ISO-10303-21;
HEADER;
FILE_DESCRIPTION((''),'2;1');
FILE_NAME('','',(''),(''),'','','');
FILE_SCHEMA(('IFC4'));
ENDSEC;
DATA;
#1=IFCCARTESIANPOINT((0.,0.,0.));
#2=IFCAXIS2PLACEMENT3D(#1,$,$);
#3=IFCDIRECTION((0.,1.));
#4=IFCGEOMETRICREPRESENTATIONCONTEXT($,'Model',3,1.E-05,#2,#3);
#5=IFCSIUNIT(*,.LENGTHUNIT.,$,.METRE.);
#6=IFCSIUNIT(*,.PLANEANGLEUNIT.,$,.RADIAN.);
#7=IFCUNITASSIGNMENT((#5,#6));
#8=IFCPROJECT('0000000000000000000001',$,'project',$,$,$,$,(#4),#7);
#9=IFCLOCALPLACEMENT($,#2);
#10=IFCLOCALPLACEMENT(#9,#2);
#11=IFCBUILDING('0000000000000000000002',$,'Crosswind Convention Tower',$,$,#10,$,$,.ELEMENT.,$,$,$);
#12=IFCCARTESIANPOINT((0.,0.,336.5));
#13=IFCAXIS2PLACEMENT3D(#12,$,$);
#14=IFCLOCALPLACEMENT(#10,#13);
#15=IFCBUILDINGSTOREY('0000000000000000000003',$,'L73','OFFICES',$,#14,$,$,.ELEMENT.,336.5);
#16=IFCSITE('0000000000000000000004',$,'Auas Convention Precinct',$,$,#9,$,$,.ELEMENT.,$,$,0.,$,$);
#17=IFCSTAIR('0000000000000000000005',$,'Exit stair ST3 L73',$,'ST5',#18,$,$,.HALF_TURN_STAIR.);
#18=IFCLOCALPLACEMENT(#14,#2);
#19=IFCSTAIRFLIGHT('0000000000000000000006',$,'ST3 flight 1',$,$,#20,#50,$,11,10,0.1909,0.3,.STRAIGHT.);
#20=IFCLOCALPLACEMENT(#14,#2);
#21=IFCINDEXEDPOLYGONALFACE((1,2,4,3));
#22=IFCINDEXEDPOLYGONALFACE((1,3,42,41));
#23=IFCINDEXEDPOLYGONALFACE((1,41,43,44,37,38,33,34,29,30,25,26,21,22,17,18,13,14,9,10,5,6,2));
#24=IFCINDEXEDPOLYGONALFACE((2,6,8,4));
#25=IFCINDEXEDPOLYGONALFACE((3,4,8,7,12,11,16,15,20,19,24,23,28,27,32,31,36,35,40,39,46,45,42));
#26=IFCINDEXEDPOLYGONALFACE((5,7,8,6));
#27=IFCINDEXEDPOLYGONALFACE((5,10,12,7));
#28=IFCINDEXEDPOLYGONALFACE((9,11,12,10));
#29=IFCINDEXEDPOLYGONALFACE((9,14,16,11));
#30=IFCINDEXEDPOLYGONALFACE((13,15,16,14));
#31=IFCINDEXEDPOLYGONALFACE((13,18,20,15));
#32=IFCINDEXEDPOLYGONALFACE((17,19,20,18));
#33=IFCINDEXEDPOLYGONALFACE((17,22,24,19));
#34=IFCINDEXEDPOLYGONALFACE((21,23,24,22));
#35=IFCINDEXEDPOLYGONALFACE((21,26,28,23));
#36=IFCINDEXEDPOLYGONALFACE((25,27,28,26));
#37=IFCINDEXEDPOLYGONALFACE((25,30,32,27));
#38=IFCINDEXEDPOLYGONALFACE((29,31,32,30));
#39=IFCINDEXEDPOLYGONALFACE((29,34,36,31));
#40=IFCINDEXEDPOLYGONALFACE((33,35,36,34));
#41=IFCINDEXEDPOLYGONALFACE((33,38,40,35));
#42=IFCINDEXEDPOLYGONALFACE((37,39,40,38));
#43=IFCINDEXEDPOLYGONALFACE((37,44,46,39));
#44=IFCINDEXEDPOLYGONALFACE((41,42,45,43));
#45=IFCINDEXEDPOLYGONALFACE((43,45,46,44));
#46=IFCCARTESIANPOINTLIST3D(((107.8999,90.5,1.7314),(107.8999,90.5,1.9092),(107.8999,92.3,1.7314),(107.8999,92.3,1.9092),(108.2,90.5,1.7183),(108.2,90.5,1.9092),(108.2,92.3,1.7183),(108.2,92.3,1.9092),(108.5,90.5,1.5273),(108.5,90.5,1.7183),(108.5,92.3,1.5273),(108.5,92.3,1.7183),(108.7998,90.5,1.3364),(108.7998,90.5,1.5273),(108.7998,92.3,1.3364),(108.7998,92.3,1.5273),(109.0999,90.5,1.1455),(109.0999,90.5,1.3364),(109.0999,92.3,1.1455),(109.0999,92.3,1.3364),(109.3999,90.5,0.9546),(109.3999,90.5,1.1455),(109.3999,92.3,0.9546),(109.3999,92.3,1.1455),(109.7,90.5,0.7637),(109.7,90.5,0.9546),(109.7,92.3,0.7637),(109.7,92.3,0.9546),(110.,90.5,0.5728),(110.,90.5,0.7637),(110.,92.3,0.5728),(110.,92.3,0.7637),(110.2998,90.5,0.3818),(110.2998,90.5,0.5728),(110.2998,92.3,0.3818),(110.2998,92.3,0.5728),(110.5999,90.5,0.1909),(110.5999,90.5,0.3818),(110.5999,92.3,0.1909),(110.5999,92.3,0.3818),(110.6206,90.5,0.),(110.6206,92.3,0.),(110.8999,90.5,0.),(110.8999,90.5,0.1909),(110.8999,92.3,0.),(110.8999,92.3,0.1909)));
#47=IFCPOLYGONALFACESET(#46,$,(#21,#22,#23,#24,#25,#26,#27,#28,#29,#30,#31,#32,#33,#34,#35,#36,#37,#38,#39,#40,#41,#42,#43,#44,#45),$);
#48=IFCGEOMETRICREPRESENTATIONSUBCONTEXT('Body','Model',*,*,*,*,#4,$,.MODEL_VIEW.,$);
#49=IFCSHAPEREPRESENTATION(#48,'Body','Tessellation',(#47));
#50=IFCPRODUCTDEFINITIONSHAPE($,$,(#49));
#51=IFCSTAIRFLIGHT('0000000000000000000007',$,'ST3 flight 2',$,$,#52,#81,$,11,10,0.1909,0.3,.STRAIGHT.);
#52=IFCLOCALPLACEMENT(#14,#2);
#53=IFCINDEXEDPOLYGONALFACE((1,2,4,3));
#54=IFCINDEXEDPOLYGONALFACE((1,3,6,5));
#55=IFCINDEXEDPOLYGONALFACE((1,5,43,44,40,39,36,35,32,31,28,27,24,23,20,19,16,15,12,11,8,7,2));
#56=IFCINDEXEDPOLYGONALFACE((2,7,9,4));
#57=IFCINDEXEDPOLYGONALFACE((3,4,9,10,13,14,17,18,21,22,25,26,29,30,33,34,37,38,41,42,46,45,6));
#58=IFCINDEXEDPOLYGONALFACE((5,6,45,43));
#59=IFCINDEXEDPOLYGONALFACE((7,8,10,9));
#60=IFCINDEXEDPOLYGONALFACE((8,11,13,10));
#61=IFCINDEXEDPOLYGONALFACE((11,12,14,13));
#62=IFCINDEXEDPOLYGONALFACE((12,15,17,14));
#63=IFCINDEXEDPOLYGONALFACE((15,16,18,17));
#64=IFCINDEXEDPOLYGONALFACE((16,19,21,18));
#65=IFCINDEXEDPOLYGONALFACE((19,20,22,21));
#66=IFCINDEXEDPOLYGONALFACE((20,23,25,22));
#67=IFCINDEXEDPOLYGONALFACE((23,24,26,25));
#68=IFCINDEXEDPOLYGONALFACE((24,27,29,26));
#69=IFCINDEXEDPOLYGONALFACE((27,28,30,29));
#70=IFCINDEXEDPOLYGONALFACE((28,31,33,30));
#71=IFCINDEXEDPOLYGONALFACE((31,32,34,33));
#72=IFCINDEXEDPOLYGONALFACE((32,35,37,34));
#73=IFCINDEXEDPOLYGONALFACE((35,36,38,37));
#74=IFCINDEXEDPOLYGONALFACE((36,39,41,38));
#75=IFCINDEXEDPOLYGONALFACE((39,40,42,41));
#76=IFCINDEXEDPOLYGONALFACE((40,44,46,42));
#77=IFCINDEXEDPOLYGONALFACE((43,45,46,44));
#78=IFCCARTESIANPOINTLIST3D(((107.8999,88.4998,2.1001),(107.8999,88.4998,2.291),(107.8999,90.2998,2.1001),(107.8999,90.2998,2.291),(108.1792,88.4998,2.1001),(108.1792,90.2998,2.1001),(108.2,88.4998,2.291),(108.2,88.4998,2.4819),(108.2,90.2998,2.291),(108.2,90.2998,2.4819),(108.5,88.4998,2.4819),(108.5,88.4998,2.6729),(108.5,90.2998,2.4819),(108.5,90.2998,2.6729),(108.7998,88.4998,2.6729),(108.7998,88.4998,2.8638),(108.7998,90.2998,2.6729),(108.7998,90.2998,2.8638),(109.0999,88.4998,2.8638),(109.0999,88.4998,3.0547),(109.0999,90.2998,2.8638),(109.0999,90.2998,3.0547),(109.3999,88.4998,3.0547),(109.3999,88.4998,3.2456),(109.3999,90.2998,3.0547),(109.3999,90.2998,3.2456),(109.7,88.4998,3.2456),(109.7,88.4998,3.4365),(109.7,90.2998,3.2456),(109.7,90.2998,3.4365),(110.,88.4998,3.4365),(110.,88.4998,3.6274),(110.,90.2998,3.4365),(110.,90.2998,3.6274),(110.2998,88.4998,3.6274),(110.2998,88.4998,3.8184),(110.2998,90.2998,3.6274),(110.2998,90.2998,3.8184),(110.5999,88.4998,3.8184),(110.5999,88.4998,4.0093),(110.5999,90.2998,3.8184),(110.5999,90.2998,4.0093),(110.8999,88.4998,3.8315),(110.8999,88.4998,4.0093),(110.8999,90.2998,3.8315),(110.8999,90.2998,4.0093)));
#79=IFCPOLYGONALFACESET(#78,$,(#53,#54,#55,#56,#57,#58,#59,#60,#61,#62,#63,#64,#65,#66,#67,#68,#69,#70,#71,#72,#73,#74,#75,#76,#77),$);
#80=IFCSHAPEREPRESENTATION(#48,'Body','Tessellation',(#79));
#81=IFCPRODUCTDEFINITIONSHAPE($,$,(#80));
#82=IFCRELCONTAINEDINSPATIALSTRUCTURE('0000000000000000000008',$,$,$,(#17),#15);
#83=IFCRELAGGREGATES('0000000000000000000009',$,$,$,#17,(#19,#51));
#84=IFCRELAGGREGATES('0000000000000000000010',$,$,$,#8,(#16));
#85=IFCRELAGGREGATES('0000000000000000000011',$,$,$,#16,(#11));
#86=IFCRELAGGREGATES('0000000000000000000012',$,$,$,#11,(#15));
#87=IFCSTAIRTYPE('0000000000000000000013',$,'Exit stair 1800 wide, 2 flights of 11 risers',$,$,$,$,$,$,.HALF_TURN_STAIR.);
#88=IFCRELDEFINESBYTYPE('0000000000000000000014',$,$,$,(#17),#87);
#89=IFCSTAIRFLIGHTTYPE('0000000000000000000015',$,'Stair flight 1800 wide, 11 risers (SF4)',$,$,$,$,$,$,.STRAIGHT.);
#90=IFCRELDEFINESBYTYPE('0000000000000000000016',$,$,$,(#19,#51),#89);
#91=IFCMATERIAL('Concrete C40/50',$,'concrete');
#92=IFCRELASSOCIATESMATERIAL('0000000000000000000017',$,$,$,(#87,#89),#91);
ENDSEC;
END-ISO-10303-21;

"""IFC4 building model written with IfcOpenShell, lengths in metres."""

from ifc_helpers import new_model, si_unit, direction, frame, origin, place, context, subcontext, project, spatial, polyline, outline, extrude, material, type_object, element, aggregate, save


model = new_model("IFC4")

# Units and contexts
model_context = context("Model", 3, precision=1e-05, world=origin(), true_north=direction((0.0, 1.0)))
body_context = subcontext(model_context, "Body", "Model", "MODEL_VIEW")
ifc_project = project(units=[si_unit("LENGTHUNIT", "METRE"), si_unit("PLANEANGLEUNIT", "RADIAN")], contexts=[model_context])

# Site, building, storey
site_placement = place(None, origin())
site = spatial("IfcSite", under=ifc_project, at=site_placement, Name="Auas Convention Precinct", CompositionType="ELEMENT", RefElevation=0.0)
building_placement = place(site_placement, origin())
building = spatial("IfcBuilding", under=site, at=building_placement, Name="Crosswind Convention Tower", CompositionType="ELEMENT")
storey_placement = place(building_placement, frame((0.0, 0.0, 336.5)))
storey = spatial("IfcBuildingStorey", under=building, at=storey_placement, Name="L73", Description="OFFICES", CompositionType="ELEMENT", Elevation=336.5)

# Shared definitions
ifc_material_1 = material(Name="Concrete C40/50", Category="concrete")

# Stair
stair_type = type_object("IfcStairType", Name="Exit stair 1800 wide, 2 flights of 11 risers", PredefinedType="HALF_TURN_STAIR", material=ifc_material_1)
stair_1_placement = place(storey_placement, origin())
stair_1 = element("IfcStair", 1, at=stair_1_placement, inside=storey, type_object=stair_type, Name="Exit stair ST3 L73", ObjectType="ST5", PredefinedType="HALF_TURN_STAIR")

# Stair flights
stair_flight_type = type_object("IfcStairFlightType", Name="Stair flight 1800 wide, 11 risers (SF4)", PredefinedType="STRAIGHT", material=ifc_material_1)
stair_flight_1_placement = place(storey_placement, frame((110.8999, 91.3999, 0.0), z_axis=(0.0, 0.0, 1.0), x_axis=(-1.0, 0.0, 0.0)))
stair_flight_1 = element("IfcStairFlight", 2, at=stair_flight_1_placement, type_object=stair_flight_type, Name="ST3 flight 1", NumberOfRisers=11, NumberOfTreads=10, PredefinedType="STRAIGHT", RiserHeight=0.1909, TreadLength=0.3, context=body_context, shape_type="SweptSolid", body=[
    extrude(outline(polyline([(0.0, 0.0), (0.0, 0.1909), (0.3, 0.1909), (0.3, 0.3818), (0.6001, 0.3818), (0.6001, 0.5728), (0.8999, 0.5728), (0.8999, 0.7637), (1.2, 0.7637), (1.2, 0.9546), (1.5, 0.9546), (1.5, 1.1455), (1.8, 1.1455), (1.8, 1.3364), (2.1001, 1.3364), (2.1001, 1.5273), (2.3999, 1.5273), (2.3999, 1.7183), (2.7, 1.7183), (2.7, 1.9092), (3.0, 1.9092), (3.0, 2.1001), (3.0, 1.7314), (0.2793, 0.0), (0.0, 0.0)])), frame((0.0, 0.8999, 0.0), z_axis=(0.0, -1.0, 0.0), x_axis=(1.0, 0.0, 0.0)), (0.0, 0.0, 1.0), 1.8),
])
stair_flight_2_placement = place(storey_placement, frame((107.8999, 89.3999, 2.1001), z_axis=(0.0, 0.0, 1.0), x_axis=(1.0, 0.0, 0.0)))
stair_flight_2 = element("IfcStairFlight", 3, at=stair_flight_2_placement, type_object=stair_flight_type, Name="ST3 flight 2", NumberOfRisers=11, NumberOfTreads=10, PredefinedType="STRAIGHT", RiserHeight=0.1909, TreadLength=0.3, context=body_context, shape_type="SweptSolid", body=[
    extrude(outline(polyline([(0.0, 0.0), (0.0, 0.1909), (0.3, 0.1909), (0.3, 0.3818), (0.6001, 0.3818), (0.6001, 0.5728), (0.8999, 0.5728), (0.8999, 0.7637), (1.2, 0.7637), (1.2, 0.9546), (1.5, 0.9546), (1.5, 1.1455), (1.8, 1.1455), (1.8, 1.3364), (2.1001, 1.3364), (2.1001, 1.5273), (2.3999, 1.5273), (2.3999, 1.7183), (2.7, 1.7183), (2.7, 1.9092), (3.0, 1.9092), (3.0, 2.1001), (3.0, 1.7314), (0.2793, 0.0), (0.0, 0.0)])), frame((0.0, 0.8999, 0.0), z_axis=(0.0, -1.0, 0.0), x_axis=(1.0, 0.0, 0.0)), (0.0, 0.0, 1.0), 1.8),
])
aggregate(stair_1, [stair_flight_1, stair_flight_2])

save(model, "model.ifc")
